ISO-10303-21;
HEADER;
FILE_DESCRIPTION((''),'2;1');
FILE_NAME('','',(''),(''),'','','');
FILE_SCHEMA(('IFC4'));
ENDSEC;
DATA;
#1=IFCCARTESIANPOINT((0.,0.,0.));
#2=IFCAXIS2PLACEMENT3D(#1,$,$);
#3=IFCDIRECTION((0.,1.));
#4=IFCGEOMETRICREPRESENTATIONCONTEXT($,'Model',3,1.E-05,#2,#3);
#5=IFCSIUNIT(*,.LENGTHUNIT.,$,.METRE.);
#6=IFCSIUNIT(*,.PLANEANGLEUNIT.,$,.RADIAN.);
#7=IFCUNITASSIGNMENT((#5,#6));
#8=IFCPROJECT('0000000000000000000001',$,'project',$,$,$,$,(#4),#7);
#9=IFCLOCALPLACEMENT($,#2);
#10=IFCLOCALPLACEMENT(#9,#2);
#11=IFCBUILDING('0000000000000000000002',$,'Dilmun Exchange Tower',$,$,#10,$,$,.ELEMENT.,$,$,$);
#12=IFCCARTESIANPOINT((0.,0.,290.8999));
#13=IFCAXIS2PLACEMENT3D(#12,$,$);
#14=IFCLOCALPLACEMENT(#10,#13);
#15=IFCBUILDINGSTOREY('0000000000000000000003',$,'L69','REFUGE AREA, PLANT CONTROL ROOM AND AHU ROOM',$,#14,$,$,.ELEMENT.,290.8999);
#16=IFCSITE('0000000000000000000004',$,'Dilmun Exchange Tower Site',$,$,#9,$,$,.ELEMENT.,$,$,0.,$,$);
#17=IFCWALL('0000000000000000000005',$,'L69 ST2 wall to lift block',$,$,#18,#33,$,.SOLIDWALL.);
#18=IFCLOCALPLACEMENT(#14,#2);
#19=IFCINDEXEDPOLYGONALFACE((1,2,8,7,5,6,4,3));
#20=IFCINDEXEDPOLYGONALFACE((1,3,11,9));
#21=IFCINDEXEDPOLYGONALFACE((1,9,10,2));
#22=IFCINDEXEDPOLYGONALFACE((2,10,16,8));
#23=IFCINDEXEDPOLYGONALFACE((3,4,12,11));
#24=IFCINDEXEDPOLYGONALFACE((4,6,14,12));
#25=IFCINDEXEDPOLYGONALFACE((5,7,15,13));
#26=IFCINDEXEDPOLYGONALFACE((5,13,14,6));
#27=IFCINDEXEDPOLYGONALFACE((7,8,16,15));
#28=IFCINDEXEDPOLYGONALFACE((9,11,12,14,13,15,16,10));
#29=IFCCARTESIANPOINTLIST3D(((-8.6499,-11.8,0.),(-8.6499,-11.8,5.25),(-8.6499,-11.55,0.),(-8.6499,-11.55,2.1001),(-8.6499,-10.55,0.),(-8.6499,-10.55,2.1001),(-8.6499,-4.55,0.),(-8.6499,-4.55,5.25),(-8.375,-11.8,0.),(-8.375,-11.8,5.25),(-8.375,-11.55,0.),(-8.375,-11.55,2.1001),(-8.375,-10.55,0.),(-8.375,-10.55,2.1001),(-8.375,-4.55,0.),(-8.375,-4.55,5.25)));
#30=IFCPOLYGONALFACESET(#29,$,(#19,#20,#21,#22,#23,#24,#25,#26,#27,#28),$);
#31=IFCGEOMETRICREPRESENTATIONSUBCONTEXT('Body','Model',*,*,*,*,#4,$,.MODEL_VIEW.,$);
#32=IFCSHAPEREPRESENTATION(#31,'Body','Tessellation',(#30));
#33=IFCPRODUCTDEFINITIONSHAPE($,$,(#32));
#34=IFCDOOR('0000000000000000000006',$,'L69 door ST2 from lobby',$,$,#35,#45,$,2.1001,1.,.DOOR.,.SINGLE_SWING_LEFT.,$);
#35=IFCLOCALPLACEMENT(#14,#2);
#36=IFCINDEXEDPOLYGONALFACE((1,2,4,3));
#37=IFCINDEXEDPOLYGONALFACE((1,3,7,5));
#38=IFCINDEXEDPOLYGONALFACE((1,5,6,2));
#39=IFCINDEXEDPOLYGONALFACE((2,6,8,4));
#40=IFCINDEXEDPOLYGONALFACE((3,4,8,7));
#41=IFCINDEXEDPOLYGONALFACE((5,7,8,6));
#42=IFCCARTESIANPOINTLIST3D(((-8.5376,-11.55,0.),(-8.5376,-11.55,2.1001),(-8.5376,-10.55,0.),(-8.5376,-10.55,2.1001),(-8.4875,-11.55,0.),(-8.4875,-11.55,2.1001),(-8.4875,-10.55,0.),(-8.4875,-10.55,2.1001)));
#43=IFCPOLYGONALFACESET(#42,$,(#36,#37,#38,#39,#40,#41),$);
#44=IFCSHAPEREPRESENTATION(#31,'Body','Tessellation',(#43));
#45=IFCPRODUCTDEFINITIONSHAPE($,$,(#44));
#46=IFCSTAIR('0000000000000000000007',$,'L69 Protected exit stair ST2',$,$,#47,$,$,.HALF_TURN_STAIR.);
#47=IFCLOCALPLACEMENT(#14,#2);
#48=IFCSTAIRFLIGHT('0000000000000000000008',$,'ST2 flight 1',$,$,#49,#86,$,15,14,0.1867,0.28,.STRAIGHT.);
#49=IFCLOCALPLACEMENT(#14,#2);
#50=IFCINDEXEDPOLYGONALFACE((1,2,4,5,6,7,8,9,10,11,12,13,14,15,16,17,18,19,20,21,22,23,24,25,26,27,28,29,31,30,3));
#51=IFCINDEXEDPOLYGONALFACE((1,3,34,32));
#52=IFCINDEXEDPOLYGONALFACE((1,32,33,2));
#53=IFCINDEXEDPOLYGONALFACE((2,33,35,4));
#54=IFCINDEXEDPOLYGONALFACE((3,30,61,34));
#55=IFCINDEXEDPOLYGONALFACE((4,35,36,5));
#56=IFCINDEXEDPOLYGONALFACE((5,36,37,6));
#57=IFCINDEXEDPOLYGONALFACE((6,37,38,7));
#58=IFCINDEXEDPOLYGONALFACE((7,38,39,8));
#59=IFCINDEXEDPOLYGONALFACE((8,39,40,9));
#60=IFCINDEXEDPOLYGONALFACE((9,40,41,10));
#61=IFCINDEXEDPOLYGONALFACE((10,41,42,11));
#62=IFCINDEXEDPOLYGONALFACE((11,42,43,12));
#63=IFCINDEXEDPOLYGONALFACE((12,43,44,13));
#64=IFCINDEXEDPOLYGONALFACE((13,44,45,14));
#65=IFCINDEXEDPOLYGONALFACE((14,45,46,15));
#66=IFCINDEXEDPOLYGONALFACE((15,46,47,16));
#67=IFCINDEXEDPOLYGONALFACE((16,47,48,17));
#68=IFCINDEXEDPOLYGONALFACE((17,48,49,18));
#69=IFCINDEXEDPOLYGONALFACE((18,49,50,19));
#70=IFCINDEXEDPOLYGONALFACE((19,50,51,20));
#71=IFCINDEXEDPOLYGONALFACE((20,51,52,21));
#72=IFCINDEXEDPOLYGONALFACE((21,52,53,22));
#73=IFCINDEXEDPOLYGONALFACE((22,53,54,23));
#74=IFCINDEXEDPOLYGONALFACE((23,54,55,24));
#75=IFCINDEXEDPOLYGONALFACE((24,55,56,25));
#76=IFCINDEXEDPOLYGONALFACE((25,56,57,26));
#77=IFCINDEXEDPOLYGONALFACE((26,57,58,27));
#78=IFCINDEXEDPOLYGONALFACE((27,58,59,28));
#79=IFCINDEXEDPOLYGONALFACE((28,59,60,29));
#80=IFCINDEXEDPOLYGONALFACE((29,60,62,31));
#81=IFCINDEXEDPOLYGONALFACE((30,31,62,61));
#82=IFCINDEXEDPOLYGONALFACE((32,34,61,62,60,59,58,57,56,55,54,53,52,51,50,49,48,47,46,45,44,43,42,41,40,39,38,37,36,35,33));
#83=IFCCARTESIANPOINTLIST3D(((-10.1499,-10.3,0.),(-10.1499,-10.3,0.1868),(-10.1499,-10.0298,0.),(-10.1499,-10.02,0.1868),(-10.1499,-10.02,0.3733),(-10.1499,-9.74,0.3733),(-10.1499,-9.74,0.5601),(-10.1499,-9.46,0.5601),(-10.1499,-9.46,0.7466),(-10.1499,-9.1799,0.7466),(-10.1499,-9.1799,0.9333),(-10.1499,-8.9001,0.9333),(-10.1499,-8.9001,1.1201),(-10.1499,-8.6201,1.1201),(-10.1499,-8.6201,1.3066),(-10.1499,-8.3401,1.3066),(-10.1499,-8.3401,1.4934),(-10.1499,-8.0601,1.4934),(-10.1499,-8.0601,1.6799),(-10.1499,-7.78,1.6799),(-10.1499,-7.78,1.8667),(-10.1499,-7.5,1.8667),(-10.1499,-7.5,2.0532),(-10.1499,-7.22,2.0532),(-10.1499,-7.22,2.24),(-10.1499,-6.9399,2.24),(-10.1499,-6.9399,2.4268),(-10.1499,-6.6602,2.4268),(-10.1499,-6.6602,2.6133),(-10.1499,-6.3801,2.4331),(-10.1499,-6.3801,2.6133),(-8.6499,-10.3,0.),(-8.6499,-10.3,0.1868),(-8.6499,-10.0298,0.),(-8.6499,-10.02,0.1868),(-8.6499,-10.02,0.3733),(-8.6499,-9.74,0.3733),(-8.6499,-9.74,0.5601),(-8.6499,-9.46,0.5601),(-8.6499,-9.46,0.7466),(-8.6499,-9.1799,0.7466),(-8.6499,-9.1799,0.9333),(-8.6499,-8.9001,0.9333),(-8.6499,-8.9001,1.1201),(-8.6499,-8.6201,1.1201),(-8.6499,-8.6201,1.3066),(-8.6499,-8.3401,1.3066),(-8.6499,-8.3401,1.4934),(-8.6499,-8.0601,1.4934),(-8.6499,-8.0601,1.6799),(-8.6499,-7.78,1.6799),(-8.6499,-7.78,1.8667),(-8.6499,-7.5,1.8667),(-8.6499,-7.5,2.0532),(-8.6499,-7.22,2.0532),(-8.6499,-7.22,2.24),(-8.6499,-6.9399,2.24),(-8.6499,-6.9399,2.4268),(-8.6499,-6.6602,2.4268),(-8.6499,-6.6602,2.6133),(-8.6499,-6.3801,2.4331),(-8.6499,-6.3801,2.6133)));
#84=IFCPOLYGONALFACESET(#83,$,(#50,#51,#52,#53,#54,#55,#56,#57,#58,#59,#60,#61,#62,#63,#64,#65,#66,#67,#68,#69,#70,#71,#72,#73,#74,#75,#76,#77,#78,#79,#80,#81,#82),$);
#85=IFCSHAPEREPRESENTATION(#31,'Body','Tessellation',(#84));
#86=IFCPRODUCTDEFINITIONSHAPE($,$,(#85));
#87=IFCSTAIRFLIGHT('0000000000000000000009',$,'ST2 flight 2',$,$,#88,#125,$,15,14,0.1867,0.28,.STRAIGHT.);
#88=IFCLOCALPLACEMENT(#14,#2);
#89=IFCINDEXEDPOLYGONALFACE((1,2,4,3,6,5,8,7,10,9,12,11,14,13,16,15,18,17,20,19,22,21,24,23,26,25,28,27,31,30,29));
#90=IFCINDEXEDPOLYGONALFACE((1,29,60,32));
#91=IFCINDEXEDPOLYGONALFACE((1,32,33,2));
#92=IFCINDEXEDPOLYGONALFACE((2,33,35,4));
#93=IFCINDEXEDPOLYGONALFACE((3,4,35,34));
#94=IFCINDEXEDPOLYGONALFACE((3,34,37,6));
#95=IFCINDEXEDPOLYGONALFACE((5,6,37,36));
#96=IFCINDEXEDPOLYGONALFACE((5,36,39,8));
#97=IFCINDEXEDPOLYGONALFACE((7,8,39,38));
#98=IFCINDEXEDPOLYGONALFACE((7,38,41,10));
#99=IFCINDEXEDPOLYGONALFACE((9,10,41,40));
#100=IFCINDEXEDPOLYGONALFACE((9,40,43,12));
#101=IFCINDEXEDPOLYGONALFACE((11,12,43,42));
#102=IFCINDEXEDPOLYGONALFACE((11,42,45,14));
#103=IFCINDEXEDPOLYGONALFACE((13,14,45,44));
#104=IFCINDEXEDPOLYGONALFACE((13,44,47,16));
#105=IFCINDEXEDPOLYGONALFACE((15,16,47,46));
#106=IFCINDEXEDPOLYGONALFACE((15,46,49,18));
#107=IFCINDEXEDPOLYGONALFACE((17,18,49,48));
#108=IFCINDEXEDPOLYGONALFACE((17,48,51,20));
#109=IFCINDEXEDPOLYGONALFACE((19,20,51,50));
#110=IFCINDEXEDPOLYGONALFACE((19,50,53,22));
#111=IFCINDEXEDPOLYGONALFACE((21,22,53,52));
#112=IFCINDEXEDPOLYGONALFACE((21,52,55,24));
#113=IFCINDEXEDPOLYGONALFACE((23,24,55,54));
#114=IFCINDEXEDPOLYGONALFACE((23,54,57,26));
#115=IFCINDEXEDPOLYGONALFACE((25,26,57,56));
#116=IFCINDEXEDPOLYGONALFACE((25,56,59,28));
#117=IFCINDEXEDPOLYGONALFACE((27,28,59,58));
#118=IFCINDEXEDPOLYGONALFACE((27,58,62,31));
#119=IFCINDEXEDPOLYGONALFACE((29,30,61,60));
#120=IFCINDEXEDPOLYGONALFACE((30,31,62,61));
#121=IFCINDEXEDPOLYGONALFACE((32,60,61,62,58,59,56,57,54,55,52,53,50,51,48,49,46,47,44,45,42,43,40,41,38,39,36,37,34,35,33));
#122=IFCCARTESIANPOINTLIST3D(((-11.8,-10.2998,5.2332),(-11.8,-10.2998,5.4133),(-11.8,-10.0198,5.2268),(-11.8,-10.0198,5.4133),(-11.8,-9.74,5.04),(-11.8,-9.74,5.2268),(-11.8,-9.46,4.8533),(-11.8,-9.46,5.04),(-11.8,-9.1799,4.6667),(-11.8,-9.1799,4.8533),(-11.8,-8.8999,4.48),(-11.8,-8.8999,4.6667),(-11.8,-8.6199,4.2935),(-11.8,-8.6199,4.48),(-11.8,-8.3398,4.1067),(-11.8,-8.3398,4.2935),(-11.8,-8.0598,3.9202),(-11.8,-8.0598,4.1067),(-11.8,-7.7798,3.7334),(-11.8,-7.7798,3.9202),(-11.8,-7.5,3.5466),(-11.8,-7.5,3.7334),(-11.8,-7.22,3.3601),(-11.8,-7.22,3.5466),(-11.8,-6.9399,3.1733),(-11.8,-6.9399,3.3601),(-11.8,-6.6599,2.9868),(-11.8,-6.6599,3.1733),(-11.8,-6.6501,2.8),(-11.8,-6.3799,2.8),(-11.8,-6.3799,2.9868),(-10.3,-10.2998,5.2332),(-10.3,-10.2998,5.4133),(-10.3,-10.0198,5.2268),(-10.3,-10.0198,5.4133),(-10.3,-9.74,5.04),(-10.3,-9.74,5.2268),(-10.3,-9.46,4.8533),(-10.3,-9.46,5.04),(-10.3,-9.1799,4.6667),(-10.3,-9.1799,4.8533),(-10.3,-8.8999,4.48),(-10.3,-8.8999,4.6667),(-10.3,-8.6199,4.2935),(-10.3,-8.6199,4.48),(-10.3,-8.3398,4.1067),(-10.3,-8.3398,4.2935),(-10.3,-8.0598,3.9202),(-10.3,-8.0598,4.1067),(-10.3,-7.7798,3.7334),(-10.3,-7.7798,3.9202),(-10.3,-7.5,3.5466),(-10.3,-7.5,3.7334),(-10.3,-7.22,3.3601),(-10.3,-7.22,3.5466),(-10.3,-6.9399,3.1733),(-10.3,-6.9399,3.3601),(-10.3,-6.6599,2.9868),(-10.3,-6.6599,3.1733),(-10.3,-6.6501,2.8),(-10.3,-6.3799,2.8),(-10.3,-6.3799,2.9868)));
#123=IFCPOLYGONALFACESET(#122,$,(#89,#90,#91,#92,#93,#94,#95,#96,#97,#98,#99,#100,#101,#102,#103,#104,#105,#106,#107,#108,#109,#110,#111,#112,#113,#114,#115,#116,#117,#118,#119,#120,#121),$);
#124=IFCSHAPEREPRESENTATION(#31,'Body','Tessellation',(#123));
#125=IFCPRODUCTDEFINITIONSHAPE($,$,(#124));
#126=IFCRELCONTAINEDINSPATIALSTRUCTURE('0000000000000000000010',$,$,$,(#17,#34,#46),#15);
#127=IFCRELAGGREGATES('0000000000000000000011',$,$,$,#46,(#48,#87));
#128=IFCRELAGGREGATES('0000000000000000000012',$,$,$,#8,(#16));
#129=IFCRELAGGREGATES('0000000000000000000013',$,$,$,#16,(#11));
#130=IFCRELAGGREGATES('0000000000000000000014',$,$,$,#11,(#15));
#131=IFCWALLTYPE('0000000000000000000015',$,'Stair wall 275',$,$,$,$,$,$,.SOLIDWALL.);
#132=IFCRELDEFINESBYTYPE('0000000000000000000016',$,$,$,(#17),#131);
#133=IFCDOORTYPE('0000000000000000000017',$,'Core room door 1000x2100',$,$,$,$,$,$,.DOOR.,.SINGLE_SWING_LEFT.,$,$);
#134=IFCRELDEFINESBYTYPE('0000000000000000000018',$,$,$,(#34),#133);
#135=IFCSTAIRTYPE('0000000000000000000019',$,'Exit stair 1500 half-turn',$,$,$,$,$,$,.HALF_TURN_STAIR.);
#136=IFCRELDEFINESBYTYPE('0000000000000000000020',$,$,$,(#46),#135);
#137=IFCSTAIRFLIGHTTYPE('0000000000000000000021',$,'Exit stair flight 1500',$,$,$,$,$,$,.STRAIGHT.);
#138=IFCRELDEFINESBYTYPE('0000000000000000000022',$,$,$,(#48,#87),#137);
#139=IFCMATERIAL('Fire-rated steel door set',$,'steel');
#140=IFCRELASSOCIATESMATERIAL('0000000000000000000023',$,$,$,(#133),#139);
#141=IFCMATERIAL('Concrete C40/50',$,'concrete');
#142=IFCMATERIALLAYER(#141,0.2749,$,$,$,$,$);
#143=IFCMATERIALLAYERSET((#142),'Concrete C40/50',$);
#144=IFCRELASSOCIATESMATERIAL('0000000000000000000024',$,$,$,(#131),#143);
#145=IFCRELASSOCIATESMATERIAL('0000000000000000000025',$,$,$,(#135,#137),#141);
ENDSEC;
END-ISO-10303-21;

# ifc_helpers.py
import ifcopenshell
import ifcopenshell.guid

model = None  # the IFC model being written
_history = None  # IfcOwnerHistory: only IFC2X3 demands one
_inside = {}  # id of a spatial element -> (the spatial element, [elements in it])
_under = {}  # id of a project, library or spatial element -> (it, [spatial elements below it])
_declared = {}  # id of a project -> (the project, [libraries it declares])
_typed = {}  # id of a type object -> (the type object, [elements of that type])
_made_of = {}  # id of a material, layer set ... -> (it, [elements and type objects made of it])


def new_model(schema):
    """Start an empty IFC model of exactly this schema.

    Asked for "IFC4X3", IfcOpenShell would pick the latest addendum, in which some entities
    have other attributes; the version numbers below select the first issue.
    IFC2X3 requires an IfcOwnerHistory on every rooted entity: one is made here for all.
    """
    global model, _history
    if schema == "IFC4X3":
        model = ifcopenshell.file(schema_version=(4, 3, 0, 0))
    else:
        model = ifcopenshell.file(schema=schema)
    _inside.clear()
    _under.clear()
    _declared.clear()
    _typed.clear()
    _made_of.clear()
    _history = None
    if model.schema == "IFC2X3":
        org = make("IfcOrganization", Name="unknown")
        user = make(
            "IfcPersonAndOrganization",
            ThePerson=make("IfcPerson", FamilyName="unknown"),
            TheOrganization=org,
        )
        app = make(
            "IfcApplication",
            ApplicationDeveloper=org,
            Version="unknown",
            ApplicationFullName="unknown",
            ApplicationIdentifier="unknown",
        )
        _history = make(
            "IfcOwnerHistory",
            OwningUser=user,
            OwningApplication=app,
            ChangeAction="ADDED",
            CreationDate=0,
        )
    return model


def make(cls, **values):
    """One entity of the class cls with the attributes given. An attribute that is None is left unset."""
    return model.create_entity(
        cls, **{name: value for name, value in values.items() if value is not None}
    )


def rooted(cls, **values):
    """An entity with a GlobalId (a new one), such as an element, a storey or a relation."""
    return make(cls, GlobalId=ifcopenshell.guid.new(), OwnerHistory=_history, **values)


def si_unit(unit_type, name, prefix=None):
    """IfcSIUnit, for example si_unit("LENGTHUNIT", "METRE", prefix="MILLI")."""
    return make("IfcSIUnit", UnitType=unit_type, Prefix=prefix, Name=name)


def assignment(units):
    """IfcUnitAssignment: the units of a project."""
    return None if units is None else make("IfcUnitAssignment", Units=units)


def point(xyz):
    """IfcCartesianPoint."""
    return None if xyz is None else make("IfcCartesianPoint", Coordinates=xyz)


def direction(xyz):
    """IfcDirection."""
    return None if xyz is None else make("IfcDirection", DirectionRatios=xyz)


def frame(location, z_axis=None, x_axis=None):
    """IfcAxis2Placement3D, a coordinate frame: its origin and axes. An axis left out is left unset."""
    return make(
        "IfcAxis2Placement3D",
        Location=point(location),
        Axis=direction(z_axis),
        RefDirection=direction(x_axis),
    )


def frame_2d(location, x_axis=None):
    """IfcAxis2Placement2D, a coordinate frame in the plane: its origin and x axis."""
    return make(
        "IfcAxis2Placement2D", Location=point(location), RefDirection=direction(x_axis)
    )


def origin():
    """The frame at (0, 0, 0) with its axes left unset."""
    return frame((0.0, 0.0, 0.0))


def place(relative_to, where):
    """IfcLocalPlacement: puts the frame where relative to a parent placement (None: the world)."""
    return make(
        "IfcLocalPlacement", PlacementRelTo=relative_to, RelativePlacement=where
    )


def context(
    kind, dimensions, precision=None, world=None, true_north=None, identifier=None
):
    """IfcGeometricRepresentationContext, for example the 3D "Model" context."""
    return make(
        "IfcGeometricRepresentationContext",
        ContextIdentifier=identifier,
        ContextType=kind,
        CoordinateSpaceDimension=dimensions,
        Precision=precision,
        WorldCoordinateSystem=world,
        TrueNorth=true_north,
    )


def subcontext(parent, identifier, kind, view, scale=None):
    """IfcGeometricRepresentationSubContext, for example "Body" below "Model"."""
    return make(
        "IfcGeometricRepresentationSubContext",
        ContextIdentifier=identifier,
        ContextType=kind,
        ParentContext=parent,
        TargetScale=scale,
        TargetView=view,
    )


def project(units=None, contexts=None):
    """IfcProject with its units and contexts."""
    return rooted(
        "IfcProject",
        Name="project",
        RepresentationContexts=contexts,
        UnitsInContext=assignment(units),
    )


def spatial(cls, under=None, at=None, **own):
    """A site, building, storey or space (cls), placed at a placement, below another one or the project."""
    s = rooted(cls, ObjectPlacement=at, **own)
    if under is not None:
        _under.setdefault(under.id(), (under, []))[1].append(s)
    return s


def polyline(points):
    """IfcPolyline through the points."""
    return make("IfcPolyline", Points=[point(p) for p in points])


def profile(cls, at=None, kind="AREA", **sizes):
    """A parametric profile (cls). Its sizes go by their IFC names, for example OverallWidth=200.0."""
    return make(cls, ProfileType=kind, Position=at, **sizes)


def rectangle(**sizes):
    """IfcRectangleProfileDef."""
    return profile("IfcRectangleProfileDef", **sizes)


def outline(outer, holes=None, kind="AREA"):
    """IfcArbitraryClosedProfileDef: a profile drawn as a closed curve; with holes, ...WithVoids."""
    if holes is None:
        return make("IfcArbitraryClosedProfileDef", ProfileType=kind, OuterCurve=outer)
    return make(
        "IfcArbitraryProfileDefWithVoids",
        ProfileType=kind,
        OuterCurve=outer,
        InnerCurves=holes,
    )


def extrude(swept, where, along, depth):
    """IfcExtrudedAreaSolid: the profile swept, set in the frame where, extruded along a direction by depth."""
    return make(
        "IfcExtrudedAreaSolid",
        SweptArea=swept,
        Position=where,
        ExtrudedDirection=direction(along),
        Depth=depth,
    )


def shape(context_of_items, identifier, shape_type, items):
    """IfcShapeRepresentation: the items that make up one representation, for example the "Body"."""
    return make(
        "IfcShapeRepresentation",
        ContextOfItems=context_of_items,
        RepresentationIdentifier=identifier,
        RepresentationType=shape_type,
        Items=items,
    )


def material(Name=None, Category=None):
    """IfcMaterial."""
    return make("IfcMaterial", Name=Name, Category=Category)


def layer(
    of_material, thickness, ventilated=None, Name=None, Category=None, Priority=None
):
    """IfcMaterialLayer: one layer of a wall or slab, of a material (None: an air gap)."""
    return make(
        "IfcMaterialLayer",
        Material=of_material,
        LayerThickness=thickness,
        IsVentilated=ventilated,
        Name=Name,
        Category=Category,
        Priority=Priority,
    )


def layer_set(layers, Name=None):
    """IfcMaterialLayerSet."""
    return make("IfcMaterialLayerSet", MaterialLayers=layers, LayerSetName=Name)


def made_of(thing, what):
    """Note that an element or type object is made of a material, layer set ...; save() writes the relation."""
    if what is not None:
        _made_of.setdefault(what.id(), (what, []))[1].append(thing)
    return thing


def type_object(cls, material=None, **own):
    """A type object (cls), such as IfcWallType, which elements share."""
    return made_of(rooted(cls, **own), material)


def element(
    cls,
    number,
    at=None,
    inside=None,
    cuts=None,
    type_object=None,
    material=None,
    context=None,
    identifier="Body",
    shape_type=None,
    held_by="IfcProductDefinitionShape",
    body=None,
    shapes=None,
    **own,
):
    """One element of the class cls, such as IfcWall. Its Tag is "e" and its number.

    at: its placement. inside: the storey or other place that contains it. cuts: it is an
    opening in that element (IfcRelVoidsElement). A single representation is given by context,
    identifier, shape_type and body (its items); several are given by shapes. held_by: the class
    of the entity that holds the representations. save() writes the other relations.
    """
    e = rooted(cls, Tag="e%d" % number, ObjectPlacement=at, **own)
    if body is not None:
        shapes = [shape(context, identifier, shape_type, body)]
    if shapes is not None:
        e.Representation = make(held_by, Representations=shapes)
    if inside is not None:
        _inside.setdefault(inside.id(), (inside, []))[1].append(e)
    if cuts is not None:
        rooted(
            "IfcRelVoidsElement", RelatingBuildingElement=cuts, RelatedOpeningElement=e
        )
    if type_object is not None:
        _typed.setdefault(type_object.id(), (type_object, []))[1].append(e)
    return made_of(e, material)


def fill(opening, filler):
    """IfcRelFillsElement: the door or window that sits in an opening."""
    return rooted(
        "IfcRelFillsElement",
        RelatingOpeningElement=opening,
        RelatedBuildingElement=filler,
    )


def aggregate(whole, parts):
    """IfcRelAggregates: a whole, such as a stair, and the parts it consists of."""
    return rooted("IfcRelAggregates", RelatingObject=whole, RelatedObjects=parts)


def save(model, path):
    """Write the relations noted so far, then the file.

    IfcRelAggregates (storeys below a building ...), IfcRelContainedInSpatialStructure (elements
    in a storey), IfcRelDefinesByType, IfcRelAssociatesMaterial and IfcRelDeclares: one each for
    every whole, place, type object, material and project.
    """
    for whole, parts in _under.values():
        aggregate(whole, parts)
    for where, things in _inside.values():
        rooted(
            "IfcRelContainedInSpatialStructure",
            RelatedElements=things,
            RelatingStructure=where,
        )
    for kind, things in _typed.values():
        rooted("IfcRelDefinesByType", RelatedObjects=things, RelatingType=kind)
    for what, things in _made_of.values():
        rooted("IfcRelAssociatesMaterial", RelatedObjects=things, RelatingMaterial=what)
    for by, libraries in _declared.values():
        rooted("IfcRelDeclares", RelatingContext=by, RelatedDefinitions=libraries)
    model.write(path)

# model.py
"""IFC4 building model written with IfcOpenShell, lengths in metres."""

from ifc_helpers import new_model, si_unit, direction, frame, frame_2d, origin, place, context, subcontext, project, spatial, polyline, rectangle, outline, extrude, material, layer, layer_set, type_object, element, fill, aggregate, save


model = new_model("IFC4")

# Units and contexts
model_context = context("Model", 3, precision=1e-05, world=origin(), true_north=direction((0.0, 1.0)))
body_context = subcontext(model_context, "Body", "Model", "MODEL_VIEW")
ifc_project = project(units=[si_unit("LENGTHUNIT", "METRE"), si_unit("PLANEANGLEUNIT", "RADIAN")], contexts=[model_context])

# Site, building, storey
site_placement = place(None, origin())
site = spatial("IfcSite", under=ifc_project, at=site_placement, Name="Dilmun Exchange Tower Site", CompositionType="ELEMENT", RefElevation=0.0)
building_placement = place(site_placement, origin())
building = spatial("IfcBuilding", under=site, at=building_placement, Name="Dilmun Exchange Tower", CompositionType="ELEMENT")
storey_placement = place(building_placement, frame((0.0, 0.0, 290.8999)))
storey = spatial("IfcBuildingStorey", under=building, at=storey_placement, Name="L69", Description="REFUGE AREA, PLANT CONTROL ROOM AND AHU ROOM", CompositionType="ELEMENT", Elevation=290.8999)

# Shared definitions
ifc_material_1 = material(Name="Concrete C40/50", Category="concrete")

# Shared definitions
ifc_material_2 = material(Name="Fire-rated steel door set", Category="steel")
door_type_1 = type_object("IfcDoorType", Name="Core room door 1000x2100", OperationType="SINGLE_SWING_LEFT", PredefinedType="DOOR", material=ifc_material_2)

# Wall, opening, door
ifc_layer_1 = layer(ifc_material_1, 0.2749)
ifc_layer_set_1 = layer_set([ifc_layer_1], Name="Concrete C40/50")
wall_type_1 = type_object("IfcWallType", Name="Stair wall 275", PredefinedType="SOLIDWALL", material=ifc_layer_set_1)
wall_1_placement = place(storey_placement, frame((-8.5125, -4.55, 0.0), z_axis=(0.0, 0.0, 1.0), x_axis=(0.0, -1.0, 0.0)))
wall_1 = element("IfcWall", 1, at=wall_1_placement, inside=storey, type_object=wall_type_1, Name="L69 ST2 wall to lift block", PredefinedType="SOLIDWALL", context=body_context, shape_type="SweptSolid", body=[
    extrude(rectangle(XDim=7.25, YDim=0.2749, at=frame_2d((3.625, 0.0))), origin(), (0.0, 0.0, 1.0), 5.25),
])
opening_1_placement = place(wall_1_placement, frame((6.0, 0.0, 0.0)))
opening_1 = element("IfcOpeningElement", 2, at=opening_1_placement, cuts=wall_1, PredefinedType="OPENING", context=body_context, shape_type="SweptSolid", body=[
    extrude(rectangle(XDim=1.0, YDim=2.1001, at=frame_2d((0.5, 1.05))), frame((0.0, 0.1475, 0.0), z_axis=(0.0, -1.0, 0.0), x_axis=(1.0, 0.0, 0.0)), (0.0, 0.0, 1.0), 0.2949),
])
door_1_placement = place(opening_1_placement, origin())
door_1 = element("IfcDoor", 3, at=door_1_placement, inside=storey, type_object=door_type_1, Name="L69 door ST2 from lobby", OperationType="SINGLE_SWING_LEFT", OverallHeight=2.1001, OverallWidth=1.0, PredefinedType="DOOR", context=body_context, shape_type="SweptSolid", body=[
    extrude(rectangle(XDim=1.0, YDim=2.1001, at=frame_2d((0.5, 1.05))), frame((0.0, 0.0249, 0.0), z_axis=(0.0, -1.0, 0.0), x_axis=(1.0, 0.0, 0.0)), (0.0, 0.0, 1.0), 0.05),
])
fill(opening_1, door_1)

# Stair, stair flights
stair_type = type_object("IfcStairType", Name="Exit stair 1500 half-turn", PredefinedType="HALF_TURN_STAIR", material=ifc_material_1)
stair_placement = place(storey_placement, origin())
stair = element("IfcStair", 4, at=stair_placement, inside=storey, type_object=stair_type, Name="L69 Protected exit stair ST2", PredefinedType="HALF_TURN_STAIR")
stair_flight_type = type_object("IfcStairFlightType", Name="Exit stair flight 1500", PredefinedType="STRAIGHT", material=ifc_material_1)
stair_flight_1_placement = place(storey_placement, frame((-9.3999, -10.3, 0.0), z_axis=(0.0, 0.0, 1.0), x_axis=(0.0, 1.0, 0.0)))
stair_flight_1 = element("IfcStairFlight", 5, at=stair_flight_1_placement, type_object=stair_flight_type, Name="ST2 flight 1", NumberOfRisers=15, NumberOfTreads=14, PredefinedType="STRAIGHT", RiserHeight=0.1867, TreadLength=0.28, context=body_context, shape_type="SweptSolid", body=[
    extrude(outline(polyline([(0.0, 0.0), (0.0, 0.1868), (0.28, 0.1868), (0.28, 0.3733), (0.5601, 0.3733), (0.5601, 0.5601), (0.8401, 0.5601), (0.8401, 0.7466), (1.1201, 0.7466), (1.1201, 0.9333), (1.3999, 0.9333), (1.3999, 1.1201), (1.6799, 1.1201), (1.6799, 1.3066), (1.96, 1.3066), (1.96, 1.4934), (2.24, 1.4934), (2.24, 1.6799), (2.52, 1.6799), (2.52, 1.8667), (2.8, 1.8667), (2.8, 2.0532), (3.0801, 2.0532), (3.0801, 2.24), (3.3601, 2.24), (3.3601, 2.4268), (3.6399, 2.4268), (3.6399, 2.6133), (3.9199, 2.6133), (3.9199, 2.8), (3.9199, 2.4331), (0.2703, 0.0), (0.0, 0.0)])), frame((0.0, 0.75, 0.0), z_axis=(0.0, -1.0, 0.0), x_axis=(1.0, 0.0, 0.0)), (0.0, 0.0, 1.0), 1.5),
])
stair_flight_2_placement = place(storey_placement, frame((-11.05, -6.3799, 2.8), z_axis=(0.0, 0.0, 1.0), x_axis=(0.0, -1.0, 0.0)))
stair_flight_2 = element("IfcStairFlight", 6, at=stair_flight_2_placement, type_object=stair_flight_type, Name="ST2 flight 2", NumberOfRisers=15, NumberOfTreads=14, PredefinedType="STRAIGHT", RiserHeight=0.1867, TreadLength=0.28, context=body_context, shape_type="SweptSolid", body=[
    extrude(outline(polyline([(0.0, 0.0), (0.0, 0.1868), (0.28, 0.1868), (0.28, 0.3733), (0.5601, 0.3733), (0.5601, 0.5601), (0.8401, 0.5601), (0.8401, 0.7466), (1.1201, 0.7466), (1.1201, 0.9333), (1.3999, 0.9333), (1.3999, 1.1201), (1.6799, 1.1201), (1.6799, 1.3066), (1.96, 1.3066), (1.96, 1.4934), (2.24, 1.4934), (2.24, 1.6799), (2.52, 1.6799), (2.52, 1.8667), (2.8, 1.8667), (2.8, 2.0532), (3.0801, 2.0532), (3.0801, 2.24), (3.3601, 2.24), (3.3601, 2.4268), (3.6399, 2.4268), (3.6399, 2.6133), (3.9199, 2.6133), (3.9199, 2.8), (3.9199, 2.4331), (0.2703, 0.0), (0.0, 0.0)])), frame((0.0, 0.75, 0.0), z_axis=(0.0, -1.0, 0.0), x_axis=(1.0, 0.0, 0.0)), (0.0, 0.0, 1.0), 1.5),
])
aggregate(stair, [stair_flight_1, stair_flight_2])

save(model, "model.ifc")
